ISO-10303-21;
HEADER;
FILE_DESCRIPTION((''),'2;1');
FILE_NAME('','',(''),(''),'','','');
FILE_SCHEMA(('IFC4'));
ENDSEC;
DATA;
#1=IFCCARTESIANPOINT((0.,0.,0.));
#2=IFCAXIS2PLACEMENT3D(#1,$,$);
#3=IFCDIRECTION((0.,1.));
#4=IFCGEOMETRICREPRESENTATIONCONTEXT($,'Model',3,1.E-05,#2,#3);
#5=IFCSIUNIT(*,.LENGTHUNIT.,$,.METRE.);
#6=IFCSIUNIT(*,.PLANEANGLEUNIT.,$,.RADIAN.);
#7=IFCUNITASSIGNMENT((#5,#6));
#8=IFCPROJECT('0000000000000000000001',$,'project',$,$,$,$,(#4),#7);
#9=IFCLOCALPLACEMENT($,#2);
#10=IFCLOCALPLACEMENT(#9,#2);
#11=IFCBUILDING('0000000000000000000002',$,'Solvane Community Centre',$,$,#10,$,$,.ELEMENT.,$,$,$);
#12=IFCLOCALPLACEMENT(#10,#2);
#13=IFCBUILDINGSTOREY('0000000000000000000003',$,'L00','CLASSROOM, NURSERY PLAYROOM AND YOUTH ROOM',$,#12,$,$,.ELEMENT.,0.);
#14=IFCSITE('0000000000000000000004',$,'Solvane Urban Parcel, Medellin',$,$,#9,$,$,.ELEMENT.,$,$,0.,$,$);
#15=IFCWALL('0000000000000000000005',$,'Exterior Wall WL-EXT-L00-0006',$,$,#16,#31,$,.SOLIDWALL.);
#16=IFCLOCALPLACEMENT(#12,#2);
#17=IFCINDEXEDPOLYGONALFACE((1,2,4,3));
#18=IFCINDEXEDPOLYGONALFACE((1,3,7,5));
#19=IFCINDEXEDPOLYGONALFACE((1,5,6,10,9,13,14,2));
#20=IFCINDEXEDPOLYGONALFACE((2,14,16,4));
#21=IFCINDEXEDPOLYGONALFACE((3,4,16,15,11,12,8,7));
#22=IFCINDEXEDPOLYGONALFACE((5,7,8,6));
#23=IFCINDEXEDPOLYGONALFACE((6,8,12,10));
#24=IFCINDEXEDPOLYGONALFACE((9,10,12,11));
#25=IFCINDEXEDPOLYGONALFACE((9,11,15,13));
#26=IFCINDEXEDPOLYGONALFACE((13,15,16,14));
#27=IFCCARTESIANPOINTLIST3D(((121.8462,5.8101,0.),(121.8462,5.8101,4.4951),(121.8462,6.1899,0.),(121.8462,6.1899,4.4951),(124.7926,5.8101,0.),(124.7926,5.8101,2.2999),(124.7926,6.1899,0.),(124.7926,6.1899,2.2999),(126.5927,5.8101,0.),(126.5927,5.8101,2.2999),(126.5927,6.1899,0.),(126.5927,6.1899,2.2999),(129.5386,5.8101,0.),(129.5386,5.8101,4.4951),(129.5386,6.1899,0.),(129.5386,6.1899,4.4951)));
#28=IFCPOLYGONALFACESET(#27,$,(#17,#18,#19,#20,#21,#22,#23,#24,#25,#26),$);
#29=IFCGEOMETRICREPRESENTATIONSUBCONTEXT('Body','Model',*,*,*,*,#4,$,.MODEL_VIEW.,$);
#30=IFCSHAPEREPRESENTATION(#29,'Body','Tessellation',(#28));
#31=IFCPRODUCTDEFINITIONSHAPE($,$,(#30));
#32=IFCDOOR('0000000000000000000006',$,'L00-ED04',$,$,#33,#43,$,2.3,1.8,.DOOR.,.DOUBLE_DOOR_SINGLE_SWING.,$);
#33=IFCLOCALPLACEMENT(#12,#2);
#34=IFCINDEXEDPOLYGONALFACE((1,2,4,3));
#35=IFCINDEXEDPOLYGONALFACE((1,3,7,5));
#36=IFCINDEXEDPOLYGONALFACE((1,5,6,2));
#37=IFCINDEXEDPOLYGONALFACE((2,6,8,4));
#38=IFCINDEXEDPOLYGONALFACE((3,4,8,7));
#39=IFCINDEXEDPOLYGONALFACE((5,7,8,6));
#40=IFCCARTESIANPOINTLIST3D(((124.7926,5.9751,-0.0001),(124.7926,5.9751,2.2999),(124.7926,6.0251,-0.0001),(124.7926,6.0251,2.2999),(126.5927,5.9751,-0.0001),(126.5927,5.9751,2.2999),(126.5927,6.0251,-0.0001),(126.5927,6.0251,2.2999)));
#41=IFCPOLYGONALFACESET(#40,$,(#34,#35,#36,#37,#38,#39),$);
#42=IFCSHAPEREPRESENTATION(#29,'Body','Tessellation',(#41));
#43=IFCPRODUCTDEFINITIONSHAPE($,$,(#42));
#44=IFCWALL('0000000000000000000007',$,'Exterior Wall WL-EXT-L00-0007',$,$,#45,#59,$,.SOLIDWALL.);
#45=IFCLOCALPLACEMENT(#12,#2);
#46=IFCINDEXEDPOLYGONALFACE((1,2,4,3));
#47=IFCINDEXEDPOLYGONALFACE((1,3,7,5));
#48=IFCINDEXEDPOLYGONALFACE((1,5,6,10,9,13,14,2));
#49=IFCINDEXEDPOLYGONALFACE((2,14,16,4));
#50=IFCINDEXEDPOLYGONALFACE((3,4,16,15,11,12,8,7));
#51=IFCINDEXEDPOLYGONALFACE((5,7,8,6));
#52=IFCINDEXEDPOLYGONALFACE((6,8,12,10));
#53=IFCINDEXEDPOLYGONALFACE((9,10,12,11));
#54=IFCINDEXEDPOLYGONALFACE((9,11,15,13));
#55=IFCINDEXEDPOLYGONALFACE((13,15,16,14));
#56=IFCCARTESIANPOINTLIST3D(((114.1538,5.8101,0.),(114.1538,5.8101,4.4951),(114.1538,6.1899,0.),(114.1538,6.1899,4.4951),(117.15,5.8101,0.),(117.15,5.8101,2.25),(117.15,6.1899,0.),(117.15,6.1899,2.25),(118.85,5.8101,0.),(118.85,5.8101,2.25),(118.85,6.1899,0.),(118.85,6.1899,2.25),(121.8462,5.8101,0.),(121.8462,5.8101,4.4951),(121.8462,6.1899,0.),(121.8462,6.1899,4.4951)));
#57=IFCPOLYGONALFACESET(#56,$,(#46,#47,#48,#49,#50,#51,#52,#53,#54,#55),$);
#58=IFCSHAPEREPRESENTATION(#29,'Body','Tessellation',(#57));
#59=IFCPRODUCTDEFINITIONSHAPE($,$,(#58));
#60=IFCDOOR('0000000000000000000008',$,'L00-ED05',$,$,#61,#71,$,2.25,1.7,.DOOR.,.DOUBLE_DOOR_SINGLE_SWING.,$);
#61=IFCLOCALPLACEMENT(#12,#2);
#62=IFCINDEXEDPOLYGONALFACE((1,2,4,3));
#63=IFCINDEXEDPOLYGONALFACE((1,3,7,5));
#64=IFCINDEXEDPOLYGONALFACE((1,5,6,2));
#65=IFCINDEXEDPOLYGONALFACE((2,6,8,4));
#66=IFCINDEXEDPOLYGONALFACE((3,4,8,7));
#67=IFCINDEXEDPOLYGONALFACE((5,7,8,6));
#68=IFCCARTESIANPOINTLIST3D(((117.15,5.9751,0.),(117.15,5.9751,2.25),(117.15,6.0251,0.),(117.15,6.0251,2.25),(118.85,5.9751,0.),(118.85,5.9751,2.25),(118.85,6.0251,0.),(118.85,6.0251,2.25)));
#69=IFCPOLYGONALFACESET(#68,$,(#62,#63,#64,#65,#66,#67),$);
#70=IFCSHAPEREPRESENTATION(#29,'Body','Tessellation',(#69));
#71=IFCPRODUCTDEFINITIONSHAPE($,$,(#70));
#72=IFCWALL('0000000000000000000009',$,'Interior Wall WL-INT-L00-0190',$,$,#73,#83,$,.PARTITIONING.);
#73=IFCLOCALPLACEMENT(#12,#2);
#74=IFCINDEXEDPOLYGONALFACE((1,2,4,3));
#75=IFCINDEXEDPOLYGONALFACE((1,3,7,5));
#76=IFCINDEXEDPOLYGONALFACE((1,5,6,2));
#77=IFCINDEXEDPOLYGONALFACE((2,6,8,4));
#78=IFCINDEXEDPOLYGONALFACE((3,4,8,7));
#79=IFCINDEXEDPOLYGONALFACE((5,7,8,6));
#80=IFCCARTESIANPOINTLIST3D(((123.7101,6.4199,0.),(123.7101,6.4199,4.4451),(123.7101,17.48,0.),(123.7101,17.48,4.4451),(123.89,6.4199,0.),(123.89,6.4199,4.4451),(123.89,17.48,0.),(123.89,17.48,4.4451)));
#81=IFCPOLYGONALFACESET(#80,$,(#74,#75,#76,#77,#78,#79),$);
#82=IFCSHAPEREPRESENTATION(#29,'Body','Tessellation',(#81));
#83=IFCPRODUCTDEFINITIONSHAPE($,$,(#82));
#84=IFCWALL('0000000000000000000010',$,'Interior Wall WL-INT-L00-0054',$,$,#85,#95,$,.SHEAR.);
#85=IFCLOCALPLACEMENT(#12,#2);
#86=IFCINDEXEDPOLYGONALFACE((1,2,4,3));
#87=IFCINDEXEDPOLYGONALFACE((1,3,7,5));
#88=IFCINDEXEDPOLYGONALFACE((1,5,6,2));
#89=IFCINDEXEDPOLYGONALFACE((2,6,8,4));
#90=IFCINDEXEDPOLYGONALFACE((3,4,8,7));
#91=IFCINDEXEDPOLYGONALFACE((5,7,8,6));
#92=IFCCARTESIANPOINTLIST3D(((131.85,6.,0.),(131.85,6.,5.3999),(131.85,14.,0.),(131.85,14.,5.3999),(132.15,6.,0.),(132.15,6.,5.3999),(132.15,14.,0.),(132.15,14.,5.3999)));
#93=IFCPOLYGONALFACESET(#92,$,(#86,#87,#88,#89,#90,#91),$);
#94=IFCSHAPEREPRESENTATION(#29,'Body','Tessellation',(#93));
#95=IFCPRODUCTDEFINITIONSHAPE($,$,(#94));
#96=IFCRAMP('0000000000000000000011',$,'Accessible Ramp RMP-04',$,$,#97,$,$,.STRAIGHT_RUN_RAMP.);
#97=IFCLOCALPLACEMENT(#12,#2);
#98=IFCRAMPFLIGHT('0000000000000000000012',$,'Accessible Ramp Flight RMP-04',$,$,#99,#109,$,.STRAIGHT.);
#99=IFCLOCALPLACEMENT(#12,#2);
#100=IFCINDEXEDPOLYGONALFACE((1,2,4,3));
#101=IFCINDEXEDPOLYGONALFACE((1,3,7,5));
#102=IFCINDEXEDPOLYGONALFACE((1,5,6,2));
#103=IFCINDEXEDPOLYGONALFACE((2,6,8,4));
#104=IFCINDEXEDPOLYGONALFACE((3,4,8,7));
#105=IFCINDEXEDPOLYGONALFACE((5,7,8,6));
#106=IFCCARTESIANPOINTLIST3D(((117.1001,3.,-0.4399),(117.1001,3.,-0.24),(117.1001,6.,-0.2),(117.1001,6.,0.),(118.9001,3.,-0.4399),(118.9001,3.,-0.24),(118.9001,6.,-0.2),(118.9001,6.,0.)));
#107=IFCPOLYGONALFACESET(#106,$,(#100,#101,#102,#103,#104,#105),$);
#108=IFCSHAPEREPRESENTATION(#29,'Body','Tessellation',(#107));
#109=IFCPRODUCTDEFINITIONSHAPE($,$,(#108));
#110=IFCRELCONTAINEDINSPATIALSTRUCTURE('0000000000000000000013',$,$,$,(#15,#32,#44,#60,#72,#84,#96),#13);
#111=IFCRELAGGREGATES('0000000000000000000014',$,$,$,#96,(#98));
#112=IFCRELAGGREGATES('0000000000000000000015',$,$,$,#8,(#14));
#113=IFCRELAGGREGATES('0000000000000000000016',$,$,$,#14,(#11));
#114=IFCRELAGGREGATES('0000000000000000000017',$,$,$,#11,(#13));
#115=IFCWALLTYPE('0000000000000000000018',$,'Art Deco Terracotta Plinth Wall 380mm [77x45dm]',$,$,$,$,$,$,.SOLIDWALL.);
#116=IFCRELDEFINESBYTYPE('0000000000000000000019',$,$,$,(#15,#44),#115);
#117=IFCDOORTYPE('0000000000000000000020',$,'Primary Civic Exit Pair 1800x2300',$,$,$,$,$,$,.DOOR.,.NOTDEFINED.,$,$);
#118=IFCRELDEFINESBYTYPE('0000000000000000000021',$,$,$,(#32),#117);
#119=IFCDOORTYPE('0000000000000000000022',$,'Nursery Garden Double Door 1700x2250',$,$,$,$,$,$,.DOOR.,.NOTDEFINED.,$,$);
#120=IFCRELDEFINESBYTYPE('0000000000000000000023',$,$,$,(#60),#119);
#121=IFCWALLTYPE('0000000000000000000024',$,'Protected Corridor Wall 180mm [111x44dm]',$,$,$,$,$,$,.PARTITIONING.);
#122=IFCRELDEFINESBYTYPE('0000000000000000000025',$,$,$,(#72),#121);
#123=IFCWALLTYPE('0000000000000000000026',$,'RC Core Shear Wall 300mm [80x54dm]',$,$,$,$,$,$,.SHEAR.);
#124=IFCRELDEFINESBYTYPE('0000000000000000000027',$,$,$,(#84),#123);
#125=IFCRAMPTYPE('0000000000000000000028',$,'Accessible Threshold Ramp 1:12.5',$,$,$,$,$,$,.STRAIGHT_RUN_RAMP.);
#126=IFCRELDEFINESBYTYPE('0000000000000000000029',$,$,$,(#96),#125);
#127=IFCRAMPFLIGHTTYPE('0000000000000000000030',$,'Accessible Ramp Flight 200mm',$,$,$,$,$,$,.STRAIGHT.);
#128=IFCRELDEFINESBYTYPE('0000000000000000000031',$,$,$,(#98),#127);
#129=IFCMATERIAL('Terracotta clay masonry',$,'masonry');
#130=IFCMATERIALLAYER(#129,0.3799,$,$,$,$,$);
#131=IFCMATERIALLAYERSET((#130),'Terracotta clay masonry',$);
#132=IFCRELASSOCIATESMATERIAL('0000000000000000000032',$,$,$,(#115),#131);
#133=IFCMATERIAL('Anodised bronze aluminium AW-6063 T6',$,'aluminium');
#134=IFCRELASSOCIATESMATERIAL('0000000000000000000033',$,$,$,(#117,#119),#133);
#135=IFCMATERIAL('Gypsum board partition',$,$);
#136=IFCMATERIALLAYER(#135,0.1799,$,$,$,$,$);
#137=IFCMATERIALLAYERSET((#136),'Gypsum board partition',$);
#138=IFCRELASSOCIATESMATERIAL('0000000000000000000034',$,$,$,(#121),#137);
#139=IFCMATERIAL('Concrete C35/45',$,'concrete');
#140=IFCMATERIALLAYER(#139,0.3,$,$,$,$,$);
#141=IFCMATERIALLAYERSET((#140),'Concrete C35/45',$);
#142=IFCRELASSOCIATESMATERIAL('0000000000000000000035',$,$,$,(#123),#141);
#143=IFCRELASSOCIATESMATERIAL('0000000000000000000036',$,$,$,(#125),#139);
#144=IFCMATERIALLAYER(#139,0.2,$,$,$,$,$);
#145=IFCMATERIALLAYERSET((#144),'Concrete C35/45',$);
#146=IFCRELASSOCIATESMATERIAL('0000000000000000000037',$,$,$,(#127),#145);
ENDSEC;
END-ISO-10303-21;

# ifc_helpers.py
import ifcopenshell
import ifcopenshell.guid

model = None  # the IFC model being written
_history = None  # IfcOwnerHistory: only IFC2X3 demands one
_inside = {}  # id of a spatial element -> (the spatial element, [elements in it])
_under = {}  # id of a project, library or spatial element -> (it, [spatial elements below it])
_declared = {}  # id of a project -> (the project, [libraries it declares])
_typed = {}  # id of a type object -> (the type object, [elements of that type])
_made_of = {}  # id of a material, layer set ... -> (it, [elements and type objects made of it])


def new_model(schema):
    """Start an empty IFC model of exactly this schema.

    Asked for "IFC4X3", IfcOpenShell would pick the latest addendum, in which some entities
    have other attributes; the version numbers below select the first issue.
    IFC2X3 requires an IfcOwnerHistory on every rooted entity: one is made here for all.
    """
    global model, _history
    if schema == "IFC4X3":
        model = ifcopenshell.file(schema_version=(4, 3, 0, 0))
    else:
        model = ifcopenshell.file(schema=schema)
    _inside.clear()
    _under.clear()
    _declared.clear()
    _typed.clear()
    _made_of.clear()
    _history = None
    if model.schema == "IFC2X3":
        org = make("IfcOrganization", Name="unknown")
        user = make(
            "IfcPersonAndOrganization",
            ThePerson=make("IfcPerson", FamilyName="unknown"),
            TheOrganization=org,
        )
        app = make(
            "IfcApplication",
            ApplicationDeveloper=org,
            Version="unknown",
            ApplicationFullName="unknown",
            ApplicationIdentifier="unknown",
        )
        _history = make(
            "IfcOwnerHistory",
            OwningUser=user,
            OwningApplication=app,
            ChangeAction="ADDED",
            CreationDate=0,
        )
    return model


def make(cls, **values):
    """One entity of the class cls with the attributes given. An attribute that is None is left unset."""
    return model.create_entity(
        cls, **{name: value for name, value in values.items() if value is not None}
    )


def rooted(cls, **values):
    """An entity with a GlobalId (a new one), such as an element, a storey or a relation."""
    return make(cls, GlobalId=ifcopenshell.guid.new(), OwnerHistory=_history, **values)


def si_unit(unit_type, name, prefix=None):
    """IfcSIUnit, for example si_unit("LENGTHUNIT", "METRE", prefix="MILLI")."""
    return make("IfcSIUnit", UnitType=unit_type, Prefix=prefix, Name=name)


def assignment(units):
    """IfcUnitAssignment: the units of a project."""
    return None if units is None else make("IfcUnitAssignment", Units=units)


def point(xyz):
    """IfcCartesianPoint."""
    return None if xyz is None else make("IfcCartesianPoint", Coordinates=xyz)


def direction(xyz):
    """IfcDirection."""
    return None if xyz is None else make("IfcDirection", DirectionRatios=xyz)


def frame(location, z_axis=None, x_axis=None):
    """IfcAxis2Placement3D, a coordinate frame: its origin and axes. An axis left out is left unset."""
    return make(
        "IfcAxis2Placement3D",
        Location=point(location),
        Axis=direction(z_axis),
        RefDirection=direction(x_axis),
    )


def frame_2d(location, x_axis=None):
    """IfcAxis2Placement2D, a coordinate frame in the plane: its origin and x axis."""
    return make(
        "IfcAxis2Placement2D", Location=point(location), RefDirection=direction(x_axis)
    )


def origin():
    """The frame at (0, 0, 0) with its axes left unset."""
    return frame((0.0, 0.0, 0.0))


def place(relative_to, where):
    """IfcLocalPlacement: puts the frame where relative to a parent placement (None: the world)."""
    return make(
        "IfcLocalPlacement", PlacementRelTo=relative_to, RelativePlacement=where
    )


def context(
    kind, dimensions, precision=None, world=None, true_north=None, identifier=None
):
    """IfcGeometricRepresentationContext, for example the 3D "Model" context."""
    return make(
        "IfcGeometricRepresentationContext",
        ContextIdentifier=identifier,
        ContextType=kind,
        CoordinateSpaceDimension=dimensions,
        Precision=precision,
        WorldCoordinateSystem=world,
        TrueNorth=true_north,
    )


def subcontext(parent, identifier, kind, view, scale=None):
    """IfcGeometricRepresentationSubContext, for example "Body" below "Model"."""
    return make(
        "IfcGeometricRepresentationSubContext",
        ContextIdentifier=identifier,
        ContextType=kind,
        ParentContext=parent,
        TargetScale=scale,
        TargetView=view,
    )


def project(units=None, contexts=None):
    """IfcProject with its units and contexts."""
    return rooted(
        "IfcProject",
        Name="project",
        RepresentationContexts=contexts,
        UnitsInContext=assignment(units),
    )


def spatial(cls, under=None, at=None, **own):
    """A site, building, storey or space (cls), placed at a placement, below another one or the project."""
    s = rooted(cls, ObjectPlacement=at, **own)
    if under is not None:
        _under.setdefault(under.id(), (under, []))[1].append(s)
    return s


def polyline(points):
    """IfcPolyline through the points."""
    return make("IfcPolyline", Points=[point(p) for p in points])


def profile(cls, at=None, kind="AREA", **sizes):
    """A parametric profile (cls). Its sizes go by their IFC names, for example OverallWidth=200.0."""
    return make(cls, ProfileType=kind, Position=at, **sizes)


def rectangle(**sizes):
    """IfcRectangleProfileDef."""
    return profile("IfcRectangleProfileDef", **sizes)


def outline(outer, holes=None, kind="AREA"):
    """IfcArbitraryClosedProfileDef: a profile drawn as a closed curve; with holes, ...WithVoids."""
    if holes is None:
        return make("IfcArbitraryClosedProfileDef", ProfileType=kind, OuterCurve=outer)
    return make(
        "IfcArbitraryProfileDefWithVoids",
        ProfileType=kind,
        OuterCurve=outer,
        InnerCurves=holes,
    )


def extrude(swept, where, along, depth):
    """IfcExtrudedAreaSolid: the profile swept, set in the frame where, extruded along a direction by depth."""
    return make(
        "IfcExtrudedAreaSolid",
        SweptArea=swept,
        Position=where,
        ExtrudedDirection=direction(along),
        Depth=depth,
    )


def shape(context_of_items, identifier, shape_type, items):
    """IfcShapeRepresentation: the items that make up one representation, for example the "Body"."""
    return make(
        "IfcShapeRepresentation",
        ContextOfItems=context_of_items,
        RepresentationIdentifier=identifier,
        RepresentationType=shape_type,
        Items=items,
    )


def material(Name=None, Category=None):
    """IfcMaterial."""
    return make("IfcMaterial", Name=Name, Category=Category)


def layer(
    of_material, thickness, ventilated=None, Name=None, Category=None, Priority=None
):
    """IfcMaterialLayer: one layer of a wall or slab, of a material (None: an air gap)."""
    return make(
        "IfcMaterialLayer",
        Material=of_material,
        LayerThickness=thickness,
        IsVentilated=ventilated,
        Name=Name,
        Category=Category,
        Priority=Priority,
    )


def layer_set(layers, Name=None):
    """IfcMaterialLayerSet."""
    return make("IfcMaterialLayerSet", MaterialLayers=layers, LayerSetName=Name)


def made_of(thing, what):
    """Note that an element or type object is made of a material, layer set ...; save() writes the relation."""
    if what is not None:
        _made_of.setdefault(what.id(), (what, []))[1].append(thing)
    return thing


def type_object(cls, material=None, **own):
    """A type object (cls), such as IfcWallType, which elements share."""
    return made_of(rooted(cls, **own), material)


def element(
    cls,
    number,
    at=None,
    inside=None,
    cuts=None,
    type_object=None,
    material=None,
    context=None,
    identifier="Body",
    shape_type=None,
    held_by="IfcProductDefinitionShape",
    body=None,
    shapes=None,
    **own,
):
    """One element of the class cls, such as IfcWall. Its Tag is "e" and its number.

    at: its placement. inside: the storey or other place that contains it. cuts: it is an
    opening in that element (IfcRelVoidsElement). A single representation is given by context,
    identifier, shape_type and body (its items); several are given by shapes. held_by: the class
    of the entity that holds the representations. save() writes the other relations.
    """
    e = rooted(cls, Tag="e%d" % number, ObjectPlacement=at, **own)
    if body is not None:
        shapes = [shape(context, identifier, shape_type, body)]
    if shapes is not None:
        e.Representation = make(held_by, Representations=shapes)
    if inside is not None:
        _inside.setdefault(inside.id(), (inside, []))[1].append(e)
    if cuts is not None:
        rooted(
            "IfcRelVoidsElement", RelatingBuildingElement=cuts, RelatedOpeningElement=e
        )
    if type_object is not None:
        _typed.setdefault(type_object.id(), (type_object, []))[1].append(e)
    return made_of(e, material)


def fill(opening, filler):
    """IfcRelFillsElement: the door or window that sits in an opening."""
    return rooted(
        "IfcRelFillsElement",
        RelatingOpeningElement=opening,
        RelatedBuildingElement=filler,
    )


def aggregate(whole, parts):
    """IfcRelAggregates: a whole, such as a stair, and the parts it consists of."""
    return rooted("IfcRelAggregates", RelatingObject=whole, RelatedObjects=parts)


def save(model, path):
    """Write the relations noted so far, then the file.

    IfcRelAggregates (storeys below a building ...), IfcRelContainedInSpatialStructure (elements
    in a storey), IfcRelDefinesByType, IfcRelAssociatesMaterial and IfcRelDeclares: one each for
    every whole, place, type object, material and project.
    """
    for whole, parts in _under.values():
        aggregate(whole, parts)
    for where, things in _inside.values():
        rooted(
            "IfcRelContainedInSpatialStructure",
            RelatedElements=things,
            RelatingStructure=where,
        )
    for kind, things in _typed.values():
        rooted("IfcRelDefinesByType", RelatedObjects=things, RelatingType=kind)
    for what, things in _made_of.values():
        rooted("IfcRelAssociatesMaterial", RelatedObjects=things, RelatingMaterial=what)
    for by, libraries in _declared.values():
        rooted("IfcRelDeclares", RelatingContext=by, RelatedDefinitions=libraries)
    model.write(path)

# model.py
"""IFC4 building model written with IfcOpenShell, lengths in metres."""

from ifc_helpers import new_model, si_unit, direction, frame, frame_2d, origin, place, context, subcontext, project, spatial, polyline, rectangle, outline, extrude, material, layer, layer_set, type_object, element, fill, aggregate, save


model = new_model("IFC4")

# Units and contexts
model_context = context("Model", 3, precision=1e-05, world=origin(), true_north=direction((0.0, 1.0)))
body_context = subcontext(model_context, "Body", "Model", "MODEL_VIEW")
ifc_project = project(units=[si_unit("LENGTHUNIT", "METRE"), si_unit("PLANEANGLEUNIT", "RADIAN")], contexts=[model_context])

# Site, building, storey
site_placement = place(None, origin())
site = spatial("IfcSite", under=ifc_project, at=site_placement, Name="Solvane Urban Parcel, Medellin", CompositionType="ELEMENT", RefElevation=0.0)
building_placement = place(site_placement, origin())
building = spatial("IfcBuilding", under=site, at=building_placement, Name="Solvane Community Centre", CompositionType="ELEMENT")
storey_placement = place(building_placement, origin())
storey = spatial("IfcBuildingStorey", under=building, at=storey_placement, Name="L00", Description="CLASSROOM, NURSERY PLAYROOM AND YOUTH ROOM", CompositionType="ELEMENT", Elevation=0.0)

# Walls, openings, doors
ifc_material_1 = material(Name="Terracotta clay masonry", Category="masonry")
ifc_layer_1 = layer(ifc_material_1, 0.3799)
ifc_layer_set_1 = layer_set([ifc_layer_1], Name="Terracotta clay masonry")
wall_type_1 = type_object("IfcWallType", Name="Art Deco Terracotta Plinth Wall 380mm [77x45dm]", PredefinedType="SOLIDWALL", material=ifc_layer_set_1)
wall_1_placement = place(storey_placement, frame((129.5386, 6.0, 0.0), z_axis=(0.0, 0.0, 1.0), x_axis=(-1.0, 0.0, 0.0)))
wall_1 = element("IfcWall", 1, at=wall_1_placement, inside=storey, type_object=wall_type_1, Name="Exterior Wall WL-EXT-L00-0006", PredefinedType="SOLIDWALL", context=body_context, shape_type="SweptSolid", body=[
    extrude(rectangle(XDim=7.6924, YDim=0.3799, at=frame_2d((3.8462, 0.0))), origin(), (0.0, 0.0, 1.0), 4.4951),
])
opening_1_placement = place(wall_1_placement, frame((2.946, 0.0, 0.0)))
opening_1 = element("IfcOpeningElement", 2, at=opening_1_placement, cuts=wall_1, PredefinedType="OPENING", context=body_context, shape_type="SweptSolid", body=[
    extrude(rectangle(XDim=1.8, YDim=2.3, at=frame_2d((0.8999, 1.1499))), frame((0.0, 0.2, 0.0), z_axis=(0.0, -1.0, 0.0), x_axis=(1.0, 0.0, 0.0)), (0.0, 0.0, 1.0), 0.3999),
])
ifc_material_2 = material(Name="Anodised bronze aluminium AW-6063 T6", Category="aluminium")
door_type_1 = type_object("IfcDoorType", Name="Primary Civic Exit Pair 1800x2300", OperationType="NOTDEFINED", PredefinedType="DOOR", material=ifc_material_2)
door_1_placement = place(opening_1_placement, origin())
door_1 = element("IfcDoor", 3, at=door_1_placement, inside=storey, type_object=door_type_1, Name="L00-ED04", OperationType="DOUBLE_DOOR_SINGLE_SWING", OverallHeight=2.3, OverallWidth=1.8, PredefinedType="DOOR", context=body_context, shape_type="SweptSolid", body=[
    extrude(rectangle(XDim=1.8, YDim=2.3, at=frame_2d((0.8999, 1.1499))), frame((0.0, 0.0249, 0.0), z_axis=(0.0, -1.0, 0.0), x_axis=(1.0, 0.0, 0.0)), (0.0, 0.0, 1.0), 0.05),
])
fill(opening_1, door_1)
wall_2_placement = place(storey_placement, frame((121.8462, 6.0, 0.0), z_axis=(0.0, 0.0, 1.0), x_axis=(-1.0, 0.0, 0.0)))
wall_2 = element("IfcWall", 4, at=wall_2_placement, inside=storey, type_object=wall_type_1, Name="Exterior Wall WL-EXT-L00-0007", PredefinedType="SOLIDWALL", context=body_context, shape_type="SweptSolid", body=[
    extrude(rectangle(XDim=7.6924, YDim=0.3799, at=frame_2d((3.8462, 0.0))), origin(), (0.0, 0.0, 1.0), 4.4951),
])
opening_2_placement = place(wall_2_placement, frame((2.9961, 0.0, 0.0)))
opening_2 = element("IfcOpeningElement", 5, at=opening_2_placement, cuts=wall_2, PredefinedType="OPENING", context=body_context, shape_type="SweptSolid", body=[
    extrude(rectangle(XDim=1.7, YDim=2.25, at=frame_2d((0.8501, 1.125))), frame((0.0, 0.2, 0.0), z_axis=(0.0, -1.0, 0.0), x_axis=(1.0, 0.0, 0.0)), (0.0, 0.0, 1.0), 0.3999),
])
door_type_2 = type_object("IfcDoorType", Name="Nursery Garden Double Door 1700x2250", OperationType="NOTDEFINED", PredefinedType="DOOR", material=ifc_material_2)
door_2_placement = place(opening_2_placement, origin())
door_2 = element("IfcDoor", 6, at=door_2_placement, inside=storey, type_object=door_type_2, Name="L00-ED05", OperationType="DOUBLE_DOOR_SINGLE_SWING", OverallHeight=2.25, OverallWidth=1.7, PredefinedType="DOOR", context=body_context, shape_type="SweptSolid", body=[
    extrude(rectangle(XDim=1.7, YDim=2.25, at=frame_2d((0.8501, 1.125))), frame((0.0, 0.0249, 0.0), z_axis=(0.0, -1.0, 0.0), x_axis=(1.0, 0.0, 0.0)), (0.0, 0.0, 1.0), 0.05),
])
fill(opening_2, door_2)

# Walls
ifc_material_3 = material(Name="Gypsum board partition")
ifc_layer_2 = layer(ifc_material_3, 0.1799)
ifc_layer_set_2 = layer_set([ifc_layer_2], Name="Gypsum board partition")
wall_type_2 = type_object("IfcWallType", Name="Protected Corridor Wall 180mm [111x44dm]", PredefinedType="PARTITIONING", material=ifc_layer_set_2)
wall_3_placement = place(storey_placement, frame((123.8, 6.4199, 0.0), z_axis=(0.0, 0.0, 1.0), x_axis=(0.0, 1.0, 0.0)))
element("IfcWall", 7, at=wall_3_placement, inside=storey, type_object=wall_type_2, Name="Interior Wall WL-INT-L00-0190", PredefinedType="PARTITIONING", context=body_context, shape_type="SweptSolid", body=[
    extrude(rectangle(XDim=11.0601, YDim=0.1799, at=frame_2d((5.53, 0.0))), origin(), (0.0, 0.0, 1.0), 4.4451),
])
ifc_material_4 = material(Name="Concrete C35/45", Category="concrete")
ifc_layer_3 = layer(ifc_material_4, 0.3)
ifc_layer_set_3 = layer_set([ifc_layer_3], Name="Concrete C35/45")
wall_type_3 = type_object("IfcWallType", Name="RC Core Shear Wall 300mm [80x54dm]", PredefinedType="SHEAR", material=ifc_layer_set_3)
wall_4_placement = place(storey_placement, frame((132.0, 6.0, 0.0), z_axis=(0.0, 0.0, 1.0), x_axis=(0.0, 1.0, 0.0)))
element("IfcWall", 8, at=wall_4_placement, inside=storey, type_object=wall_type_3, Name="Interior Wall WL-INT-L00-0054", PredefinedType="SHEAR", context=body_context, shape_type="SweptSolid", body=[
    extrude(rectangle(XDim=8.0, YDim=0.3, at=frame_2d((4.0, 0.0))), origin(), (0.0, 0.0, 1.0), 5.3999),
])

# Ramp, ramp flight
ramp_type = type_object("IfcRampType", Name="Accessible Threshold Ramp 1:12.5", PredefinedType="STRAIGHT_RUN_RAMP", material=ifc_material_4)
ramp_placement = place(storey_placement, origin())
ramp = element("IfcRamp", 9, at=ramp_placement, inside=storey, type_object=ramp_type, Name="Accessible Ramp RMP-04", PredefinedType="STRAIGHT_RUN_RAMP")
ifc_layer_4 = layer(ifc_material_4, 0.2)
ifc_layer_set_4 = layer_set([ifc_layer_4], Name="Concrete C35/45")
ramp_flight_type = type_object("IfcRampFlightType", Name="Accessible Ramp Flight 200mm", PredefinedType="STRAIGHT", material=ifc_layer_set_4)
ramp_flight_placement = place(storey_placement, frame((118.0, 3.0, -0.24), z_axis=(0.0, 0.0, 1.0), x_axis=(0.0, 1.0, 0.0)))
ramp_flight = element("IfcRampFlight", 10, at=ramp_flight_placement, type_object=ramp_flight_type, Name="Accessible Ramp Flight RMP-04", PredefinedType="STRAIGHT", context=body_context, shape_type="SweptSolid", body=[
    extrude(outline(polyline([(0.0, 0.0), (3.0, 0.24), (3.0, 0.04), (0.0, -0.2), (0.0, 0.0)])), frame((0.0, 0.8999, 0.0), z_axis=(0.0, -1.0, 0.0), x_axis=(1.0, 0.0, 0.0)), (0.0, 0.0, 1.0), 1.8),
])
aggregate(ramp, [ramp_flight])

save(model, "model.ifc")
